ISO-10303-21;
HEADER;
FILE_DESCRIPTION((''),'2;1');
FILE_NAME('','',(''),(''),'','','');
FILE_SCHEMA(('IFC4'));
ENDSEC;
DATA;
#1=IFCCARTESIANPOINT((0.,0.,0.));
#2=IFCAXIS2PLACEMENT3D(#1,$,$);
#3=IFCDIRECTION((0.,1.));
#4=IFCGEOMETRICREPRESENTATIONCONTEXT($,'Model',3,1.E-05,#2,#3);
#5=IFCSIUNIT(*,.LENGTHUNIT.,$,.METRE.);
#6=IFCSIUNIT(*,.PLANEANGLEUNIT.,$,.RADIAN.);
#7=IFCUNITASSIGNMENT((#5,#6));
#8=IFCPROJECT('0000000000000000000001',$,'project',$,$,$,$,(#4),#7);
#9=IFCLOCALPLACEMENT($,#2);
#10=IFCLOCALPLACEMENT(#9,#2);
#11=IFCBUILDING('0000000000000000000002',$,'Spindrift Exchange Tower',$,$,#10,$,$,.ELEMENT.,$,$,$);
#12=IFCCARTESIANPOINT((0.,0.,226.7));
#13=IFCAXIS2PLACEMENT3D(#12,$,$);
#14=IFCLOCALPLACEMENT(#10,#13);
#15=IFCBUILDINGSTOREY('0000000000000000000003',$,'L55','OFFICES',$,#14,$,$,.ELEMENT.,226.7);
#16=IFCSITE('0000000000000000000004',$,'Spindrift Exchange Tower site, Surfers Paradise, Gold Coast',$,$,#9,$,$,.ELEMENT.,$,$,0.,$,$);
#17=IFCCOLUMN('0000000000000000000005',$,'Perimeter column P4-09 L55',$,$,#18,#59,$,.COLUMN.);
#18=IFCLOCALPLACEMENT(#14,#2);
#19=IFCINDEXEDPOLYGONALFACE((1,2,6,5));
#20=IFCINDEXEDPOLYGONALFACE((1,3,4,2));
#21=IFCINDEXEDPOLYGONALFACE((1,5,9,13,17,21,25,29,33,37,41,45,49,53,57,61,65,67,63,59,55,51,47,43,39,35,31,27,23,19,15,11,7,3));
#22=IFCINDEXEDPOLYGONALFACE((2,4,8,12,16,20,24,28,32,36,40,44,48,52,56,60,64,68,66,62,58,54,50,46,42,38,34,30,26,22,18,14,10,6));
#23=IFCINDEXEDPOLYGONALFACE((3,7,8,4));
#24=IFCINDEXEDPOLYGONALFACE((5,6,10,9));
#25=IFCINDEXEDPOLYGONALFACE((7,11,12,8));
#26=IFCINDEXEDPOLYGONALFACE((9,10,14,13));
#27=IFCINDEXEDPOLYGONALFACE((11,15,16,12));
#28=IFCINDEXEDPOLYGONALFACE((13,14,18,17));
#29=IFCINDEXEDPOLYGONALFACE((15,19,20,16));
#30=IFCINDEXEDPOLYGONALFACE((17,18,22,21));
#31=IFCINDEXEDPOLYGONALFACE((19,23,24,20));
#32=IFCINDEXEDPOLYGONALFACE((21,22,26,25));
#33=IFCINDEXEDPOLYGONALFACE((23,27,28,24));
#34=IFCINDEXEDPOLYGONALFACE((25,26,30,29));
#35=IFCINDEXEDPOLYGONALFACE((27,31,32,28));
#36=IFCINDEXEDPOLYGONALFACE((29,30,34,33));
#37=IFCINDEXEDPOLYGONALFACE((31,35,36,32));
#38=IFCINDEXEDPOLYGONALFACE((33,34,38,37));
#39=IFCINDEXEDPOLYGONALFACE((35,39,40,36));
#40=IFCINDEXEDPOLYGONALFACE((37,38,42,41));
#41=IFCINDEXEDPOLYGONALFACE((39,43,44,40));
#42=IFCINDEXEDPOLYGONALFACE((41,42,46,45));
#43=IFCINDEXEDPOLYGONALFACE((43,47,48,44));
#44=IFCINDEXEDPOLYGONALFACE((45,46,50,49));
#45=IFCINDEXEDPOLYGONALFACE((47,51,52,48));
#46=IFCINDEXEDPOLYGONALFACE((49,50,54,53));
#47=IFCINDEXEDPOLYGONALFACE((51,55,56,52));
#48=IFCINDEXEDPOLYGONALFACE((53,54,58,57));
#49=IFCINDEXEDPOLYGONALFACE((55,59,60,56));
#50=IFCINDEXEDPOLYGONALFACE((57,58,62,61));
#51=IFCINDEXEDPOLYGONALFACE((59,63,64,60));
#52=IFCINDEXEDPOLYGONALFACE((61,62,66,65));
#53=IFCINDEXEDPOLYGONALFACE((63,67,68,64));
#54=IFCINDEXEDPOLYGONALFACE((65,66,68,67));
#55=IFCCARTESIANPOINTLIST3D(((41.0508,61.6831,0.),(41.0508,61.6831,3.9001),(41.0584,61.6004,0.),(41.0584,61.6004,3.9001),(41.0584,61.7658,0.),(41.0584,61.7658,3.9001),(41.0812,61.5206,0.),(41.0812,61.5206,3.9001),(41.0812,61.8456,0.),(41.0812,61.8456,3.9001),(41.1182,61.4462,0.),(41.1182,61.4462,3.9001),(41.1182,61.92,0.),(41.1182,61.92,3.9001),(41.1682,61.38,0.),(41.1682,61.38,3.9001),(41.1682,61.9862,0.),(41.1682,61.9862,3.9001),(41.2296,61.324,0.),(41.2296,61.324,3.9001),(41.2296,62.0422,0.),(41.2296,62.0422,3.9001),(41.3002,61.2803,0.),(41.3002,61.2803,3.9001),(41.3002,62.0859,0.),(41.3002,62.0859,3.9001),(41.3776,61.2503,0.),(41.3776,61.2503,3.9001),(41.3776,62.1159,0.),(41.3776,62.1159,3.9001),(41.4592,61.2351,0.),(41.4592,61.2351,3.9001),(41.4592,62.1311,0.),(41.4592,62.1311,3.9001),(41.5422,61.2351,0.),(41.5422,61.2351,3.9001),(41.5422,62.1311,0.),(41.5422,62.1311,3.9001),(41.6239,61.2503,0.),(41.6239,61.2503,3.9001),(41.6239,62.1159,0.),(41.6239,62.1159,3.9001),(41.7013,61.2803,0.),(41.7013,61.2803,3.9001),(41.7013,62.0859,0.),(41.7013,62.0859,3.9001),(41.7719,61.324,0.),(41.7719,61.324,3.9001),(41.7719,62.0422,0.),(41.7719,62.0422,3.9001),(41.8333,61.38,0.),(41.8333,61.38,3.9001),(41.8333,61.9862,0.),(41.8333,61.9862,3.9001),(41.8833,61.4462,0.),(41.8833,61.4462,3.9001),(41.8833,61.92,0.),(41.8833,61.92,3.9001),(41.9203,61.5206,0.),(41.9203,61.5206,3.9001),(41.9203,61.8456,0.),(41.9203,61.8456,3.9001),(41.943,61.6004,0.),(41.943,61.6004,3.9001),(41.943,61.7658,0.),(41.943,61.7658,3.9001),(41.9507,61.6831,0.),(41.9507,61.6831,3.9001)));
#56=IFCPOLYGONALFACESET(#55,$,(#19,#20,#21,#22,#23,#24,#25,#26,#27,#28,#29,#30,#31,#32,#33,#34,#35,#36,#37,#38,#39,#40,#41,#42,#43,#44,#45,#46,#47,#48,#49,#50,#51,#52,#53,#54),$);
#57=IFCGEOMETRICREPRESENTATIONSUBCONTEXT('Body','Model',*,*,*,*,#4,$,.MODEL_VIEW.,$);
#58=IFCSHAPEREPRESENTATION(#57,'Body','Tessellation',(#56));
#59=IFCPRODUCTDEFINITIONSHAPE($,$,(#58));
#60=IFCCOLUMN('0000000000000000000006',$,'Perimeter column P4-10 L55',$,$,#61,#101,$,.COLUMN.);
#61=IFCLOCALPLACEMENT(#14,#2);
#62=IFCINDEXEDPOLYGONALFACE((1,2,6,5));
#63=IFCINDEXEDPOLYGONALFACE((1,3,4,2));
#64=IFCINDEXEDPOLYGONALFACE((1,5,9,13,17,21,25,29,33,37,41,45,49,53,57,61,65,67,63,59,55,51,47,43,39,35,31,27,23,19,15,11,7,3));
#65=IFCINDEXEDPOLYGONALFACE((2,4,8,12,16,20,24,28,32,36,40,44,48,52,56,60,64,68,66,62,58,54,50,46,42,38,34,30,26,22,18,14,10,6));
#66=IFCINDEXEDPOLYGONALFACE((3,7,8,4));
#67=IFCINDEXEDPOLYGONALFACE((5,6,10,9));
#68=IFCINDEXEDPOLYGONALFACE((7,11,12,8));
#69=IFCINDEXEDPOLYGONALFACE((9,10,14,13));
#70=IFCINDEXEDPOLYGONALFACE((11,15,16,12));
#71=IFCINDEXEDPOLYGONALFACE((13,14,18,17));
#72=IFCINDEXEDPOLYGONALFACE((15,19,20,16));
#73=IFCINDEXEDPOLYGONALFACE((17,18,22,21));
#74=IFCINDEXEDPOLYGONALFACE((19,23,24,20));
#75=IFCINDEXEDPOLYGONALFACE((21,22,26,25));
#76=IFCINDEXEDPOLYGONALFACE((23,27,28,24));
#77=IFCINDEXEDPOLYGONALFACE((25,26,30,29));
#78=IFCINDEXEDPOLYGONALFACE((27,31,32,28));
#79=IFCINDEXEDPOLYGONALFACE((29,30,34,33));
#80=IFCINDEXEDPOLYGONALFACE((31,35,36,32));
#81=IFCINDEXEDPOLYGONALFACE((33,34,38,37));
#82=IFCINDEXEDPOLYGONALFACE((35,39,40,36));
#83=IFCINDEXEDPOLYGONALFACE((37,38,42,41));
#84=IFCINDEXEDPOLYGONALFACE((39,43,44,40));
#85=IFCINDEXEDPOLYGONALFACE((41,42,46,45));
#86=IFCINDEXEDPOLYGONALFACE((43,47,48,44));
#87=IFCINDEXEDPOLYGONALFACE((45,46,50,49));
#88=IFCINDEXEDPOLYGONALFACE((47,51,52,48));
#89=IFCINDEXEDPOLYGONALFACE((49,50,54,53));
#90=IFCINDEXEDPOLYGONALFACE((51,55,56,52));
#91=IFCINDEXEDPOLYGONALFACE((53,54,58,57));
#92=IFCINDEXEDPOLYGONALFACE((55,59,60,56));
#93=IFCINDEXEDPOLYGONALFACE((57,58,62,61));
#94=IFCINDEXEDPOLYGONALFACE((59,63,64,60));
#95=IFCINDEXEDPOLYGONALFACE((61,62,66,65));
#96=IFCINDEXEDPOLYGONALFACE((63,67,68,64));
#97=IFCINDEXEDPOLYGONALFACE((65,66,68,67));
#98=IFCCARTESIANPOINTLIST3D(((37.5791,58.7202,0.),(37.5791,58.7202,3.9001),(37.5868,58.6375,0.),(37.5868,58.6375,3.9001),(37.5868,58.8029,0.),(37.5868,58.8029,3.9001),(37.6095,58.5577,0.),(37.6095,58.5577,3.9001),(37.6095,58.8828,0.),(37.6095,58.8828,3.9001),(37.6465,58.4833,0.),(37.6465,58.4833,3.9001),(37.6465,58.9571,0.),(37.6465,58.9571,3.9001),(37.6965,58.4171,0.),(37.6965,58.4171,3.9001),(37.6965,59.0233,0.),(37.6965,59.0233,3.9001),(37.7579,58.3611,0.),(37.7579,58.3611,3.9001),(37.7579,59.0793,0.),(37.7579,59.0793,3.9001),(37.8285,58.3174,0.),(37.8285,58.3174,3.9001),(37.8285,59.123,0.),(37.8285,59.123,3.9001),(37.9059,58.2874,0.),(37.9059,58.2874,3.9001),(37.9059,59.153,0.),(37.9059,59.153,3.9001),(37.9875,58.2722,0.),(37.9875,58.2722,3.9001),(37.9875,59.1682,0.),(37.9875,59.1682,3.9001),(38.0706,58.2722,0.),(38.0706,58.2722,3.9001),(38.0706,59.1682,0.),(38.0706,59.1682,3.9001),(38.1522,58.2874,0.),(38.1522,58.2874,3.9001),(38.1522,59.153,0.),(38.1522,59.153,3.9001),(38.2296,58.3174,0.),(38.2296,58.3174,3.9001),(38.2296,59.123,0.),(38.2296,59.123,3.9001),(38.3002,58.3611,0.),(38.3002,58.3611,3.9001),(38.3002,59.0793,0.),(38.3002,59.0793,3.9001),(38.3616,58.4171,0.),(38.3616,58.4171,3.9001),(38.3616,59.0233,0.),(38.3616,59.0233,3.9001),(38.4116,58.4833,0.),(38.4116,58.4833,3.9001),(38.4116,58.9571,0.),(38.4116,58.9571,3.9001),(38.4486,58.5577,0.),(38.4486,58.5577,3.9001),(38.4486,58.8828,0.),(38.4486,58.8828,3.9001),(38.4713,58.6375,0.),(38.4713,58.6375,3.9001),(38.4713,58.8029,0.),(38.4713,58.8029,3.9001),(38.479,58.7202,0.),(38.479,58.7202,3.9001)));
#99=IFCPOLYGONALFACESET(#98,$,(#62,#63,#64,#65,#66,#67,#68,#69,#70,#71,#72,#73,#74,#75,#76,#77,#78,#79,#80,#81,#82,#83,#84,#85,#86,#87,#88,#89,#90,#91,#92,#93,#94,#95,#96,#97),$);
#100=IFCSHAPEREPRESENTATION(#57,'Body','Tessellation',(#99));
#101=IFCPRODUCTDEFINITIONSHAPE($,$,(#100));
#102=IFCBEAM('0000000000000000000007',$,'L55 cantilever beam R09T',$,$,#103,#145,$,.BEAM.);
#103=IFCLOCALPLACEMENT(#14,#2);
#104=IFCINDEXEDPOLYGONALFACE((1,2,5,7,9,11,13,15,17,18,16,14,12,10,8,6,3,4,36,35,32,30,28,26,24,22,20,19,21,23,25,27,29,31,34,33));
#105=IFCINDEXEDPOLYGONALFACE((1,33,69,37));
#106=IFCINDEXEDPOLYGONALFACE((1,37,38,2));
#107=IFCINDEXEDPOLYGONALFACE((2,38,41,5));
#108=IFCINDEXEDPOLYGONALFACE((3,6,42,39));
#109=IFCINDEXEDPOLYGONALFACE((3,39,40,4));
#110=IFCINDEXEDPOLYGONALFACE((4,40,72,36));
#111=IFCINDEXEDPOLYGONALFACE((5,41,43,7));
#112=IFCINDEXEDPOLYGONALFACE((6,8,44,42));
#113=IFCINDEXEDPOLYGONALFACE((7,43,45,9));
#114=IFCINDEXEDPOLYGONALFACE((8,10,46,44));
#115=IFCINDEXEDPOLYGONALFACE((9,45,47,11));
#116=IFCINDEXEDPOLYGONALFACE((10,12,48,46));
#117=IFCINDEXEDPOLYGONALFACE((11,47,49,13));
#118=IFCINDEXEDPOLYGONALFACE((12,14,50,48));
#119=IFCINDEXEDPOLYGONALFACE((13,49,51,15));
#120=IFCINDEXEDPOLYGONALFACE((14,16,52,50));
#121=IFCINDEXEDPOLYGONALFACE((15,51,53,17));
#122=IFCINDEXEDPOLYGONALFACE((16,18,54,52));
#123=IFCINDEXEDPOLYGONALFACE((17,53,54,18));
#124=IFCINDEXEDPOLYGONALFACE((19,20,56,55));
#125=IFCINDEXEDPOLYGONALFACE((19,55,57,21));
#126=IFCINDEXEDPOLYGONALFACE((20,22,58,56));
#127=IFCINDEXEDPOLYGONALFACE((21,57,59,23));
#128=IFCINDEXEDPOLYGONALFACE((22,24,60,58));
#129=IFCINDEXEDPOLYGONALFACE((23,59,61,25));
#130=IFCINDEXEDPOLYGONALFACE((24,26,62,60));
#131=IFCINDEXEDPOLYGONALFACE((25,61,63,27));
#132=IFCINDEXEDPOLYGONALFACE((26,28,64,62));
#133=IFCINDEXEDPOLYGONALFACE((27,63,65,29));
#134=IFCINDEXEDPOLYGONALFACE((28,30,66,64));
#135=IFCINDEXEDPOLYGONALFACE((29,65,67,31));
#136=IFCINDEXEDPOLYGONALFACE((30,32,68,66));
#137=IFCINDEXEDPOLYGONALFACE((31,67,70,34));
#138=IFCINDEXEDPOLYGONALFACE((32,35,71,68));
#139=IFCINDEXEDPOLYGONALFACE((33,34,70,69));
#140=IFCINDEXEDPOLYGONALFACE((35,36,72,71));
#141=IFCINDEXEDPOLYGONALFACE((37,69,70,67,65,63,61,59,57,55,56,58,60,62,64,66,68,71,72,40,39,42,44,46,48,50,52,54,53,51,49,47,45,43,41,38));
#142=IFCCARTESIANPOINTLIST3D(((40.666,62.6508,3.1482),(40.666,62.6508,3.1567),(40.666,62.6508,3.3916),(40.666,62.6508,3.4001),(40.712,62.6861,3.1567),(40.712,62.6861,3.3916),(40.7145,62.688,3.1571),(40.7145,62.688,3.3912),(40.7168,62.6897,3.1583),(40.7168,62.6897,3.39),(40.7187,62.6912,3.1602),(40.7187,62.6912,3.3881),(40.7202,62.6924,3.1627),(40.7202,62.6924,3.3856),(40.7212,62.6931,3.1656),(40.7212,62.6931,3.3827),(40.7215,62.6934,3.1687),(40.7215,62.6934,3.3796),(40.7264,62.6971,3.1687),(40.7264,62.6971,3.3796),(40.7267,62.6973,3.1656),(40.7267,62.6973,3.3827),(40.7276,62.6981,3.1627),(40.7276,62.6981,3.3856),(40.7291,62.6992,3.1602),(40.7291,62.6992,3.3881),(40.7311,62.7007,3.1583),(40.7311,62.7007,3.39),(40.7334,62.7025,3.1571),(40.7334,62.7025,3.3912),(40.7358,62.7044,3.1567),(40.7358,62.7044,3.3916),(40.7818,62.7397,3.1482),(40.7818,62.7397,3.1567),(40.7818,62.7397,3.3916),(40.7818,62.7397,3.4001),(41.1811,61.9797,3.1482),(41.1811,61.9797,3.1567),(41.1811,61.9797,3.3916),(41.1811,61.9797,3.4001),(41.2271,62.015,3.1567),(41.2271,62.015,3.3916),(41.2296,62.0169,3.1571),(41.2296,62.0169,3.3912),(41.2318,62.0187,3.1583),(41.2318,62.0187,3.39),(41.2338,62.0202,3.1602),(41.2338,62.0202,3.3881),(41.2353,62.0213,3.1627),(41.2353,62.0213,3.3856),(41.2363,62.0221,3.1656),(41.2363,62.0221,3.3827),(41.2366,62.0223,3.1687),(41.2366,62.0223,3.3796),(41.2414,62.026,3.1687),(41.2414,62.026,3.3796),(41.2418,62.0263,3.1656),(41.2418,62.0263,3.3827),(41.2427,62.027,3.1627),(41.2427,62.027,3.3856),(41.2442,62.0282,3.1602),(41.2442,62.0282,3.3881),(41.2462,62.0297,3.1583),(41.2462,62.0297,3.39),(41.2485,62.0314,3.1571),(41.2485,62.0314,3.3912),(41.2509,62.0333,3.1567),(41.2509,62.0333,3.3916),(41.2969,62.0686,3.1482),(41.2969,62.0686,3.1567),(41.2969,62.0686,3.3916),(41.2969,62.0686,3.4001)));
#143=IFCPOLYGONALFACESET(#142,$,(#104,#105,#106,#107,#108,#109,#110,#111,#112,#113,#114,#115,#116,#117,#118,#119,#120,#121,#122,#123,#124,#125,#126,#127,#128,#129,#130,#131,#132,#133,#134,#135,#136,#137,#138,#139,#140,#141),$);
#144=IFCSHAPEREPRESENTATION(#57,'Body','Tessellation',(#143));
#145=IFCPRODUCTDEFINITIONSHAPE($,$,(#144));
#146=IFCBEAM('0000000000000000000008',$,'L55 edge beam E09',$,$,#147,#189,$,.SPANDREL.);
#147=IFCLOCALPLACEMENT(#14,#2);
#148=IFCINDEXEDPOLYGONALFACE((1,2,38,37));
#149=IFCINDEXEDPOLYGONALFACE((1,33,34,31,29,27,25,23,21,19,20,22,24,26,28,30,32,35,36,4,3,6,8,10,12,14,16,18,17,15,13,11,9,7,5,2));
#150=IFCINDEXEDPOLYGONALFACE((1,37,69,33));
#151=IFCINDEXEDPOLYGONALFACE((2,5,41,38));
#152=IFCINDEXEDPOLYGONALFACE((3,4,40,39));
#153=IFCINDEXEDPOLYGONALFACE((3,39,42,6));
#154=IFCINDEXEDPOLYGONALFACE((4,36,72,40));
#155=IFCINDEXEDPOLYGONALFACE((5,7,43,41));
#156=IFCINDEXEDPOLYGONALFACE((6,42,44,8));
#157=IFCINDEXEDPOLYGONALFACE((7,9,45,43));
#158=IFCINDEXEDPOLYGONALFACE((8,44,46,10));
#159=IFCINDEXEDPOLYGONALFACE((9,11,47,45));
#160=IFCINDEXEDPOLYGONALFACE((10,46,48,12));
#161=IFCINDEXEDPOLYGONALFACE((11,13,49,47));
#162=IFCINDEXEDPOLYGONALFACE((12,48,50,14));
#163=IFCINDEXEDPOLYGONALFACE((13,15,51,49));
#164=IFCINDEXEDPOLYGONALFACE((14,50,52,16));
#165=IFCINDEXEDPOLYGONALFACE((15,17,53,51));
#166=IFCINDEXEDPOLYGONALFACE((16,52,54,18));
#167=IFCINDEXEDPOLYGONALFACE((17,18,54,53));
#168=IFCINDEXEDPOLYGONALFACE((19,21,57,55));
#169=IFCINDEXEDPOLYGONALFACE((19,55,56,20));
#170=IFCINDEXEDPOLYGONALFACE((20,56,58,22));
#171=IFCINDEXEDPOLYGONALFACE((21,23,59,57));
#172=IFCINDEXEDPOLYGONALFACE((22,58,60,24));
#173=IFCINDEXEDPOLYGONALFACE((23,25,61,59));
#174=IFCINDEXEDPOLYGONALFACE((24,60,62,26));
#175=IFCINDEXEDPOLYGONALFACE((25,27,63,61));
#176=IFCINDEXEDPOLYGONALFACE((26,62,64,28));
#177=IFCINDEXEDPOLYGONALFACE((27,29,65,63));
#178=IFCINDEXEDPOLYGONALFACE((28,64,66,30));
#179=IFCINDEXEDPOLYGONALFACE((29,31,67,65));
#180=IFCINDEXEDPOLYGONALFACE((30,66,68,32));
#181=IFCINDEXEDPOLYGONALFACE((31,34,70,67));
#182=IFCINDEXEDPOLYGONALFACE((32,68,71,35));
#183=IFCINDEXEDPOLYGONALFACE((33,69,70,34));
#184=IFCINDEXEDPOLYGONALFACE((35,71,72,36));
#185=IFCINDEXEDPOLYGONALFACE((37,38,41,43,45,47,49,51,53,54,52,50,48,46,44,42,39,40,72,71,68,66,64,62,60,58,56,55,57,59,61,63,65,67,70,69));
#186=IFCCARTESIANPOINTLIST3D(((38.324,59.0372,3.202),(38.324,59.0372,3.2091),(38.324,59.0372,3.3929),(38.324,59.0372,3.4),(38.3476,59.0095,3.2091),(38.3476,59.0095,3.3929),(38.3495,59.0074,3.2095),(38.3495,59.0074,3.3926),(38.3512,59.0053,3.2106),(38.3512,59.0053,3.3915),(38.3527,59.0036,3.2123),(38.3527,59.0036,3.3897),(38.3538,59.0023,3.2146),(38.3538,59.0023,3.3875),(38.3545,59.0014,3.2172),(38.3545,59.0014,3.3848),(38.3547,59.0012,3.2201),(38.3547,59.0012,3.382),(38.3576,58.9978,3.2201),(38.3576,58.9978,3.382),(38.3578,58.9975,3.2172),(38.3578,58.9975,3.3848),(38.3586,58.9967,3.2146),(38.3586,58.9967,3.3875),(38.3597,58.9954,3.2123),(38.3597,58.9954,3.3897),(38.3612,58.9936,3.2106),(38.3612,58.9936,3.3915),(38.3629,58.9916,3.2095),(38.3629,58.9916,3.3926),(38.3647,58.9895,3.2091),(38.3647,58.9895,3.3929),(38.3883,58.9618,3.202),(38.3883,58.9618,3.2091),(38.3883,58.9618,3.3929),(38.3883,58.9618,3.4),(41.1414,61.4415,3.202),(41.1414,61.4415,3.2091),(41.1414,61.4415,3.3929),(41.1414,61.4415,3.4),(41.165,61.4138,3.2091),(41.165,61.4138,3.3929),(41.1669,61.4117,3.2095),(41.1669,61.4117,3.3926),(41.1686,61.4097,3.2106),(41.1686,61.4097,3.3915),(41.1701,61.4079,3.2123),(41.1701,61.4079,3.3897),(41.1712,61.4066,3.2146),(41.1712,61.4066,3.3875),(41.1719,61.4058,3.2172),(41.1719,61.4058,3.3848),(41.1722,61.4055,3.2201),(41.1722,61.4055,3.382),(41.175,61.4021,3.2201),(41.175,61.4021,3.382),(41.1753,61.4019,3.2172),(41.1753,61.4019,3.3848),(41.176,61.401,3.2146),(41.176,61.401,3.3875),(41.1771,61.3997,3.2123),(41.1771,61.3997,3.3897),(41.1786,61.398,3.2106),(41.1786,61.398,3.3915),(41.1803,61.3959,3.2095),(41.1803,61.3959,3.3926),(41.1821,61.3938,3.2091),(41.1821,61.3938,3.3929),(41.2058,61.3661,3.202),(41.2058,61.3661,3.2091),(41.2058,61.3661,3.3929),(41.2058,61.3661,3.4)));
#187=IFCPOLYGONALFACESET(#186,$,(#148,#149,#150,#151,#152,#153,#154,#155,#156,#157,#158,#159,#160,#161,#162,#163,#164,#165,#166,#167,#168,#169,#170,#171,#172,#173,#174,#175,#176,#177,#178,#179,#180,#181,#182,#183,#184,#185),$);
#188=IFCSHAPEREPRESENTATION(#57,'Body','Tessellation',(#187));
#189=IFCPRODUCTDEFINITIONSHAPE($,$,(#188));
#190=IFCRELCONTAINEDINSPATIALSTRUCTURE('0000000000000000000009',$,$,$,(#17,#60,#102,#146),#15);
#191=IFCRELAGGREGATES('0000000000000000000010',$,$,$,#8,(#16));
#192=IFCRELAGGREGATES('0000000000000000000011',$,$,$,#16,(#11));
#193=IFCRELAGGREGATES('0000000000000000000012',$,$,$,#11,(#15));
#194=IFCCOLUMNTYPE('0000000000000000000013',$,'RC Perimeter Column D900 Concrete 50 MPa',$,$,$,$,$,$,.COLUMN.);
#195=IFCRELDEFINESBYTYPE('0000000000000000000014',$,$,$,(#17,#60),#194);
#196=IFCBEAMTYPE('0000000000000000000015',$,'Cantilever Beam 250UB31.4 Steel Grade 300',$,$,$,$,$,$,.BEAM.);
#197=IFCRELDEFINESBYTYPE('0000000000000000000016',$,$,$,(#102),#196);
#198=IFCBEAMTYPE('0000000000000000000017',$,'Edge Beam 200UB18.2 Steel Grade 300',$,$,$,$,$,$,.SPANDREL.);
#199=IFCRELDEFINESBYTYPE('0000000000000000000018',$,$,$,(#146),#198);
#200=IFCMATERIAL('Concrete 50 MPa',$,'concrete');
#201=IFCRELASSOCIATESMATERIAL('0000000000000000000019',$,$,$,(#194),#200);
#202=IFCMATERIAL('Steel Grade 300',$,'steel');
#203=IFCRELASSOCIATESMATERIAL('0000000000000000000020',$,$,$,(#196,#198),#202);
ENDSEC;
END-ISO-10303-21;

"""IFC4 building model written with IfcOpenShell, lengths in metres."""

from ifc_helpers import new_model, si_unit, direction, frame, origin, origin_2d, place, context, subcontext, project, spatial, circle, i_section, extrude, source, transform, mapped, material, material_profile, profile_set, type_object, element, save


model = new_model("IFC4")

# Units and contexts
model_context = context("Model", 3, precision=1e-05, world=origin(), true_north=direction((0.0, 1.0)))
body_context = subcontext(model_context, "Body", "Model", "MODEL_VIEW")
ifc_project = project(units=[si_unit("LENGTHUNIT", "METRE"), si_unit("PLANEANGLEUNIT", "RADIAN")], contexts=[model_context])

# Site, building, storey
site_placement = place(None, origin())
site = spatial("IfcSite", under=ifc_project, at=site_placement, Name="Spindrift Exchange Tower site, Surfers Paradise, Gold Coast", CompositionType="ELEMENT", RefElevation=0.0)
building_placement = place(site_placement, origin())
building = spatial("IfcBuilding", under=site, at=building_placement, Name="Spindrift Exchange Tower", CompositionType="ELEMENT")
storey_placement = place(building_placement, frame((0.0, 0.0, 226.7)))
storey = spatial("IfcBuildingStorey", under=building, at=storey_placement, Name="L55", Description="OFFICES", CompositionType="ELEMENT", Elevation=226.7)

# Columns
ifc_material_1 = material(Name="Concrete 50 MPa", Category="concrete")
ifc_material_profile_1 = material_profile(ifc_material_1, circle(Radius=0.45, at=origin_2d()), Name="RC D900")
ifc_profile_set_1 = profile_set([ifc_material_profile_1], Name="Concrete 50 MPa")
column_type = type_object("IfcColumnType", Name="RC Perimeter Column D900 Concrete 50 MPa", PredefinedType="COLUMN", material=ifc_profile_set_1)
shared_shape_1 = source(origin(), body_context, "Body", "SweptSolid", [
    extrude(circle(Radius=0.45, at=origin_2d()), origin(), (0.0, 0.0, 1.0), 3.9001),
])
for number, where, z_axis, x_axis, name in (
    (1, (41.5007, 61.6831, 0.0), (0.0, 0.0, 1.0), (1.0, 0.0, 0.0), "Perimeter column P4-09 L55"),
    (2, (38.0291, 58.7202, 0.0), (0.0, 0.0, 1.0), (1.0, 0.0, 0.0), "Perimeter column P4-10 L55"),
):
    element("IfcColumn", number, at=place(storey_placement, frame(where, z_axis=z_axis, x_axis=x_axis)), inside=storey, type_object=column_type, Name=name, PredefinedType="COLUMN", context=body_context, shape_type="MappedRepresentation", body=[
        mapped(shared_shape_1, transform((0.0, 0.0, 0.0), scale=1.0)),
    ])

# Beams
ifc_material_2 = material(Name="Steel Grade 300", Category="steel")
ifc_material_profile_2 = material_profile(ifc_material_2, i_section(OverallWidth=0.146, OverallDepth=0.252, WebThickness=0.0061, FlangeThickness=0.0085, FilletRadius=0.012, at=origin_2d()), Name="250UB31.4")
ifc_profile_set_2 = profile_set([ifc_material_profile_2], Name="Steel Grade 300")
beam_type_1 = type_object("IfcBeamType", Name="Cantilever Beam 250UB31.4 Steel Grade 300", PredefinedType="BEAM", material=ifc_profile_set_2)
shared_shape_2 = source(origin(), body_context, "Body", "SweptSolid", [
    extrude(i_section(OverallWidth=0.146, OverallDepth=0.252, WebThickness=0.0061, FlangeThickness=0.0085, FilletRadius=0.012, at=origin_2d()), origin(), (0.0, 0.0, 1.0), 0.8459),
])
beam_1_placement = place(storey_placement, frame((41.239, 62.0242, 3.2742), z_axis=(-0.608874, 0.793267, 0.0), x_axis=(-0.793267, -0.608874, 0.0)))
element("IfcBeam", 3, at=beam_1_placement, inside=storey, type_object=beam_type_1, Name="L55 cantilever beam R09T", PredefinedType="BEAM", context=body_context, shape_type="MappedRepresentation", body=[
    mapped(shared_shape_2, transform((0.0, 0.0, 0.0), scale=1.0)),
])
ifc_material_profile_3 = material_profile(ifc_material_2, i_section(OverallWidth=0.0991, OverallDepth=0.198, WebThickness=0.0044, FlangeThickness=0.0071, FilletRadius=0.011, at=origin_2d()), Name="200UB18.2")
ifc_profile_set_3 = profile_set([ifc_material_profile_3], Name="Steel Grade 300")
beam_type_2 = type_object("IfcBeamType", Name="Edge Beam 200UB18.2 Steel Grade 300", PredefinedType="SPANDREL", material=ifc_profile_set_3)
shared_shape_3 = source(origin(), body_context, "Body", "SweptSolid", [
    extrude(i_section(OverallWidth=0.0991, OverallDepth=0.198, WebThickness=0.0044, FlangeThickness=0.0071, FilletRadius=0.011, at=origin_2d()), origin(), (0.0, 0.0, 1.0), 3.7039),
])
beam_2_placement = place(storey_placement, frame((41.1736, 61.4038, 3.301), z_axis=(-0.760669, -0.64914, 0.0), x_axis=(0.64914, -0.760669, 0.0)))
element("IfcBeam", 4, at=beam_2_placement, inside=storey, type_object=beam_type_2, Name="L55 edge beam E09", PredefinedType="SPANDREL", context=body_context, shape_type="MappedRepresentation", body=[
    mapped(shared_shape_3, transform((0.0, 0.0, 0.0), scale=1.0)),
])

save(model, "model.ifc")
